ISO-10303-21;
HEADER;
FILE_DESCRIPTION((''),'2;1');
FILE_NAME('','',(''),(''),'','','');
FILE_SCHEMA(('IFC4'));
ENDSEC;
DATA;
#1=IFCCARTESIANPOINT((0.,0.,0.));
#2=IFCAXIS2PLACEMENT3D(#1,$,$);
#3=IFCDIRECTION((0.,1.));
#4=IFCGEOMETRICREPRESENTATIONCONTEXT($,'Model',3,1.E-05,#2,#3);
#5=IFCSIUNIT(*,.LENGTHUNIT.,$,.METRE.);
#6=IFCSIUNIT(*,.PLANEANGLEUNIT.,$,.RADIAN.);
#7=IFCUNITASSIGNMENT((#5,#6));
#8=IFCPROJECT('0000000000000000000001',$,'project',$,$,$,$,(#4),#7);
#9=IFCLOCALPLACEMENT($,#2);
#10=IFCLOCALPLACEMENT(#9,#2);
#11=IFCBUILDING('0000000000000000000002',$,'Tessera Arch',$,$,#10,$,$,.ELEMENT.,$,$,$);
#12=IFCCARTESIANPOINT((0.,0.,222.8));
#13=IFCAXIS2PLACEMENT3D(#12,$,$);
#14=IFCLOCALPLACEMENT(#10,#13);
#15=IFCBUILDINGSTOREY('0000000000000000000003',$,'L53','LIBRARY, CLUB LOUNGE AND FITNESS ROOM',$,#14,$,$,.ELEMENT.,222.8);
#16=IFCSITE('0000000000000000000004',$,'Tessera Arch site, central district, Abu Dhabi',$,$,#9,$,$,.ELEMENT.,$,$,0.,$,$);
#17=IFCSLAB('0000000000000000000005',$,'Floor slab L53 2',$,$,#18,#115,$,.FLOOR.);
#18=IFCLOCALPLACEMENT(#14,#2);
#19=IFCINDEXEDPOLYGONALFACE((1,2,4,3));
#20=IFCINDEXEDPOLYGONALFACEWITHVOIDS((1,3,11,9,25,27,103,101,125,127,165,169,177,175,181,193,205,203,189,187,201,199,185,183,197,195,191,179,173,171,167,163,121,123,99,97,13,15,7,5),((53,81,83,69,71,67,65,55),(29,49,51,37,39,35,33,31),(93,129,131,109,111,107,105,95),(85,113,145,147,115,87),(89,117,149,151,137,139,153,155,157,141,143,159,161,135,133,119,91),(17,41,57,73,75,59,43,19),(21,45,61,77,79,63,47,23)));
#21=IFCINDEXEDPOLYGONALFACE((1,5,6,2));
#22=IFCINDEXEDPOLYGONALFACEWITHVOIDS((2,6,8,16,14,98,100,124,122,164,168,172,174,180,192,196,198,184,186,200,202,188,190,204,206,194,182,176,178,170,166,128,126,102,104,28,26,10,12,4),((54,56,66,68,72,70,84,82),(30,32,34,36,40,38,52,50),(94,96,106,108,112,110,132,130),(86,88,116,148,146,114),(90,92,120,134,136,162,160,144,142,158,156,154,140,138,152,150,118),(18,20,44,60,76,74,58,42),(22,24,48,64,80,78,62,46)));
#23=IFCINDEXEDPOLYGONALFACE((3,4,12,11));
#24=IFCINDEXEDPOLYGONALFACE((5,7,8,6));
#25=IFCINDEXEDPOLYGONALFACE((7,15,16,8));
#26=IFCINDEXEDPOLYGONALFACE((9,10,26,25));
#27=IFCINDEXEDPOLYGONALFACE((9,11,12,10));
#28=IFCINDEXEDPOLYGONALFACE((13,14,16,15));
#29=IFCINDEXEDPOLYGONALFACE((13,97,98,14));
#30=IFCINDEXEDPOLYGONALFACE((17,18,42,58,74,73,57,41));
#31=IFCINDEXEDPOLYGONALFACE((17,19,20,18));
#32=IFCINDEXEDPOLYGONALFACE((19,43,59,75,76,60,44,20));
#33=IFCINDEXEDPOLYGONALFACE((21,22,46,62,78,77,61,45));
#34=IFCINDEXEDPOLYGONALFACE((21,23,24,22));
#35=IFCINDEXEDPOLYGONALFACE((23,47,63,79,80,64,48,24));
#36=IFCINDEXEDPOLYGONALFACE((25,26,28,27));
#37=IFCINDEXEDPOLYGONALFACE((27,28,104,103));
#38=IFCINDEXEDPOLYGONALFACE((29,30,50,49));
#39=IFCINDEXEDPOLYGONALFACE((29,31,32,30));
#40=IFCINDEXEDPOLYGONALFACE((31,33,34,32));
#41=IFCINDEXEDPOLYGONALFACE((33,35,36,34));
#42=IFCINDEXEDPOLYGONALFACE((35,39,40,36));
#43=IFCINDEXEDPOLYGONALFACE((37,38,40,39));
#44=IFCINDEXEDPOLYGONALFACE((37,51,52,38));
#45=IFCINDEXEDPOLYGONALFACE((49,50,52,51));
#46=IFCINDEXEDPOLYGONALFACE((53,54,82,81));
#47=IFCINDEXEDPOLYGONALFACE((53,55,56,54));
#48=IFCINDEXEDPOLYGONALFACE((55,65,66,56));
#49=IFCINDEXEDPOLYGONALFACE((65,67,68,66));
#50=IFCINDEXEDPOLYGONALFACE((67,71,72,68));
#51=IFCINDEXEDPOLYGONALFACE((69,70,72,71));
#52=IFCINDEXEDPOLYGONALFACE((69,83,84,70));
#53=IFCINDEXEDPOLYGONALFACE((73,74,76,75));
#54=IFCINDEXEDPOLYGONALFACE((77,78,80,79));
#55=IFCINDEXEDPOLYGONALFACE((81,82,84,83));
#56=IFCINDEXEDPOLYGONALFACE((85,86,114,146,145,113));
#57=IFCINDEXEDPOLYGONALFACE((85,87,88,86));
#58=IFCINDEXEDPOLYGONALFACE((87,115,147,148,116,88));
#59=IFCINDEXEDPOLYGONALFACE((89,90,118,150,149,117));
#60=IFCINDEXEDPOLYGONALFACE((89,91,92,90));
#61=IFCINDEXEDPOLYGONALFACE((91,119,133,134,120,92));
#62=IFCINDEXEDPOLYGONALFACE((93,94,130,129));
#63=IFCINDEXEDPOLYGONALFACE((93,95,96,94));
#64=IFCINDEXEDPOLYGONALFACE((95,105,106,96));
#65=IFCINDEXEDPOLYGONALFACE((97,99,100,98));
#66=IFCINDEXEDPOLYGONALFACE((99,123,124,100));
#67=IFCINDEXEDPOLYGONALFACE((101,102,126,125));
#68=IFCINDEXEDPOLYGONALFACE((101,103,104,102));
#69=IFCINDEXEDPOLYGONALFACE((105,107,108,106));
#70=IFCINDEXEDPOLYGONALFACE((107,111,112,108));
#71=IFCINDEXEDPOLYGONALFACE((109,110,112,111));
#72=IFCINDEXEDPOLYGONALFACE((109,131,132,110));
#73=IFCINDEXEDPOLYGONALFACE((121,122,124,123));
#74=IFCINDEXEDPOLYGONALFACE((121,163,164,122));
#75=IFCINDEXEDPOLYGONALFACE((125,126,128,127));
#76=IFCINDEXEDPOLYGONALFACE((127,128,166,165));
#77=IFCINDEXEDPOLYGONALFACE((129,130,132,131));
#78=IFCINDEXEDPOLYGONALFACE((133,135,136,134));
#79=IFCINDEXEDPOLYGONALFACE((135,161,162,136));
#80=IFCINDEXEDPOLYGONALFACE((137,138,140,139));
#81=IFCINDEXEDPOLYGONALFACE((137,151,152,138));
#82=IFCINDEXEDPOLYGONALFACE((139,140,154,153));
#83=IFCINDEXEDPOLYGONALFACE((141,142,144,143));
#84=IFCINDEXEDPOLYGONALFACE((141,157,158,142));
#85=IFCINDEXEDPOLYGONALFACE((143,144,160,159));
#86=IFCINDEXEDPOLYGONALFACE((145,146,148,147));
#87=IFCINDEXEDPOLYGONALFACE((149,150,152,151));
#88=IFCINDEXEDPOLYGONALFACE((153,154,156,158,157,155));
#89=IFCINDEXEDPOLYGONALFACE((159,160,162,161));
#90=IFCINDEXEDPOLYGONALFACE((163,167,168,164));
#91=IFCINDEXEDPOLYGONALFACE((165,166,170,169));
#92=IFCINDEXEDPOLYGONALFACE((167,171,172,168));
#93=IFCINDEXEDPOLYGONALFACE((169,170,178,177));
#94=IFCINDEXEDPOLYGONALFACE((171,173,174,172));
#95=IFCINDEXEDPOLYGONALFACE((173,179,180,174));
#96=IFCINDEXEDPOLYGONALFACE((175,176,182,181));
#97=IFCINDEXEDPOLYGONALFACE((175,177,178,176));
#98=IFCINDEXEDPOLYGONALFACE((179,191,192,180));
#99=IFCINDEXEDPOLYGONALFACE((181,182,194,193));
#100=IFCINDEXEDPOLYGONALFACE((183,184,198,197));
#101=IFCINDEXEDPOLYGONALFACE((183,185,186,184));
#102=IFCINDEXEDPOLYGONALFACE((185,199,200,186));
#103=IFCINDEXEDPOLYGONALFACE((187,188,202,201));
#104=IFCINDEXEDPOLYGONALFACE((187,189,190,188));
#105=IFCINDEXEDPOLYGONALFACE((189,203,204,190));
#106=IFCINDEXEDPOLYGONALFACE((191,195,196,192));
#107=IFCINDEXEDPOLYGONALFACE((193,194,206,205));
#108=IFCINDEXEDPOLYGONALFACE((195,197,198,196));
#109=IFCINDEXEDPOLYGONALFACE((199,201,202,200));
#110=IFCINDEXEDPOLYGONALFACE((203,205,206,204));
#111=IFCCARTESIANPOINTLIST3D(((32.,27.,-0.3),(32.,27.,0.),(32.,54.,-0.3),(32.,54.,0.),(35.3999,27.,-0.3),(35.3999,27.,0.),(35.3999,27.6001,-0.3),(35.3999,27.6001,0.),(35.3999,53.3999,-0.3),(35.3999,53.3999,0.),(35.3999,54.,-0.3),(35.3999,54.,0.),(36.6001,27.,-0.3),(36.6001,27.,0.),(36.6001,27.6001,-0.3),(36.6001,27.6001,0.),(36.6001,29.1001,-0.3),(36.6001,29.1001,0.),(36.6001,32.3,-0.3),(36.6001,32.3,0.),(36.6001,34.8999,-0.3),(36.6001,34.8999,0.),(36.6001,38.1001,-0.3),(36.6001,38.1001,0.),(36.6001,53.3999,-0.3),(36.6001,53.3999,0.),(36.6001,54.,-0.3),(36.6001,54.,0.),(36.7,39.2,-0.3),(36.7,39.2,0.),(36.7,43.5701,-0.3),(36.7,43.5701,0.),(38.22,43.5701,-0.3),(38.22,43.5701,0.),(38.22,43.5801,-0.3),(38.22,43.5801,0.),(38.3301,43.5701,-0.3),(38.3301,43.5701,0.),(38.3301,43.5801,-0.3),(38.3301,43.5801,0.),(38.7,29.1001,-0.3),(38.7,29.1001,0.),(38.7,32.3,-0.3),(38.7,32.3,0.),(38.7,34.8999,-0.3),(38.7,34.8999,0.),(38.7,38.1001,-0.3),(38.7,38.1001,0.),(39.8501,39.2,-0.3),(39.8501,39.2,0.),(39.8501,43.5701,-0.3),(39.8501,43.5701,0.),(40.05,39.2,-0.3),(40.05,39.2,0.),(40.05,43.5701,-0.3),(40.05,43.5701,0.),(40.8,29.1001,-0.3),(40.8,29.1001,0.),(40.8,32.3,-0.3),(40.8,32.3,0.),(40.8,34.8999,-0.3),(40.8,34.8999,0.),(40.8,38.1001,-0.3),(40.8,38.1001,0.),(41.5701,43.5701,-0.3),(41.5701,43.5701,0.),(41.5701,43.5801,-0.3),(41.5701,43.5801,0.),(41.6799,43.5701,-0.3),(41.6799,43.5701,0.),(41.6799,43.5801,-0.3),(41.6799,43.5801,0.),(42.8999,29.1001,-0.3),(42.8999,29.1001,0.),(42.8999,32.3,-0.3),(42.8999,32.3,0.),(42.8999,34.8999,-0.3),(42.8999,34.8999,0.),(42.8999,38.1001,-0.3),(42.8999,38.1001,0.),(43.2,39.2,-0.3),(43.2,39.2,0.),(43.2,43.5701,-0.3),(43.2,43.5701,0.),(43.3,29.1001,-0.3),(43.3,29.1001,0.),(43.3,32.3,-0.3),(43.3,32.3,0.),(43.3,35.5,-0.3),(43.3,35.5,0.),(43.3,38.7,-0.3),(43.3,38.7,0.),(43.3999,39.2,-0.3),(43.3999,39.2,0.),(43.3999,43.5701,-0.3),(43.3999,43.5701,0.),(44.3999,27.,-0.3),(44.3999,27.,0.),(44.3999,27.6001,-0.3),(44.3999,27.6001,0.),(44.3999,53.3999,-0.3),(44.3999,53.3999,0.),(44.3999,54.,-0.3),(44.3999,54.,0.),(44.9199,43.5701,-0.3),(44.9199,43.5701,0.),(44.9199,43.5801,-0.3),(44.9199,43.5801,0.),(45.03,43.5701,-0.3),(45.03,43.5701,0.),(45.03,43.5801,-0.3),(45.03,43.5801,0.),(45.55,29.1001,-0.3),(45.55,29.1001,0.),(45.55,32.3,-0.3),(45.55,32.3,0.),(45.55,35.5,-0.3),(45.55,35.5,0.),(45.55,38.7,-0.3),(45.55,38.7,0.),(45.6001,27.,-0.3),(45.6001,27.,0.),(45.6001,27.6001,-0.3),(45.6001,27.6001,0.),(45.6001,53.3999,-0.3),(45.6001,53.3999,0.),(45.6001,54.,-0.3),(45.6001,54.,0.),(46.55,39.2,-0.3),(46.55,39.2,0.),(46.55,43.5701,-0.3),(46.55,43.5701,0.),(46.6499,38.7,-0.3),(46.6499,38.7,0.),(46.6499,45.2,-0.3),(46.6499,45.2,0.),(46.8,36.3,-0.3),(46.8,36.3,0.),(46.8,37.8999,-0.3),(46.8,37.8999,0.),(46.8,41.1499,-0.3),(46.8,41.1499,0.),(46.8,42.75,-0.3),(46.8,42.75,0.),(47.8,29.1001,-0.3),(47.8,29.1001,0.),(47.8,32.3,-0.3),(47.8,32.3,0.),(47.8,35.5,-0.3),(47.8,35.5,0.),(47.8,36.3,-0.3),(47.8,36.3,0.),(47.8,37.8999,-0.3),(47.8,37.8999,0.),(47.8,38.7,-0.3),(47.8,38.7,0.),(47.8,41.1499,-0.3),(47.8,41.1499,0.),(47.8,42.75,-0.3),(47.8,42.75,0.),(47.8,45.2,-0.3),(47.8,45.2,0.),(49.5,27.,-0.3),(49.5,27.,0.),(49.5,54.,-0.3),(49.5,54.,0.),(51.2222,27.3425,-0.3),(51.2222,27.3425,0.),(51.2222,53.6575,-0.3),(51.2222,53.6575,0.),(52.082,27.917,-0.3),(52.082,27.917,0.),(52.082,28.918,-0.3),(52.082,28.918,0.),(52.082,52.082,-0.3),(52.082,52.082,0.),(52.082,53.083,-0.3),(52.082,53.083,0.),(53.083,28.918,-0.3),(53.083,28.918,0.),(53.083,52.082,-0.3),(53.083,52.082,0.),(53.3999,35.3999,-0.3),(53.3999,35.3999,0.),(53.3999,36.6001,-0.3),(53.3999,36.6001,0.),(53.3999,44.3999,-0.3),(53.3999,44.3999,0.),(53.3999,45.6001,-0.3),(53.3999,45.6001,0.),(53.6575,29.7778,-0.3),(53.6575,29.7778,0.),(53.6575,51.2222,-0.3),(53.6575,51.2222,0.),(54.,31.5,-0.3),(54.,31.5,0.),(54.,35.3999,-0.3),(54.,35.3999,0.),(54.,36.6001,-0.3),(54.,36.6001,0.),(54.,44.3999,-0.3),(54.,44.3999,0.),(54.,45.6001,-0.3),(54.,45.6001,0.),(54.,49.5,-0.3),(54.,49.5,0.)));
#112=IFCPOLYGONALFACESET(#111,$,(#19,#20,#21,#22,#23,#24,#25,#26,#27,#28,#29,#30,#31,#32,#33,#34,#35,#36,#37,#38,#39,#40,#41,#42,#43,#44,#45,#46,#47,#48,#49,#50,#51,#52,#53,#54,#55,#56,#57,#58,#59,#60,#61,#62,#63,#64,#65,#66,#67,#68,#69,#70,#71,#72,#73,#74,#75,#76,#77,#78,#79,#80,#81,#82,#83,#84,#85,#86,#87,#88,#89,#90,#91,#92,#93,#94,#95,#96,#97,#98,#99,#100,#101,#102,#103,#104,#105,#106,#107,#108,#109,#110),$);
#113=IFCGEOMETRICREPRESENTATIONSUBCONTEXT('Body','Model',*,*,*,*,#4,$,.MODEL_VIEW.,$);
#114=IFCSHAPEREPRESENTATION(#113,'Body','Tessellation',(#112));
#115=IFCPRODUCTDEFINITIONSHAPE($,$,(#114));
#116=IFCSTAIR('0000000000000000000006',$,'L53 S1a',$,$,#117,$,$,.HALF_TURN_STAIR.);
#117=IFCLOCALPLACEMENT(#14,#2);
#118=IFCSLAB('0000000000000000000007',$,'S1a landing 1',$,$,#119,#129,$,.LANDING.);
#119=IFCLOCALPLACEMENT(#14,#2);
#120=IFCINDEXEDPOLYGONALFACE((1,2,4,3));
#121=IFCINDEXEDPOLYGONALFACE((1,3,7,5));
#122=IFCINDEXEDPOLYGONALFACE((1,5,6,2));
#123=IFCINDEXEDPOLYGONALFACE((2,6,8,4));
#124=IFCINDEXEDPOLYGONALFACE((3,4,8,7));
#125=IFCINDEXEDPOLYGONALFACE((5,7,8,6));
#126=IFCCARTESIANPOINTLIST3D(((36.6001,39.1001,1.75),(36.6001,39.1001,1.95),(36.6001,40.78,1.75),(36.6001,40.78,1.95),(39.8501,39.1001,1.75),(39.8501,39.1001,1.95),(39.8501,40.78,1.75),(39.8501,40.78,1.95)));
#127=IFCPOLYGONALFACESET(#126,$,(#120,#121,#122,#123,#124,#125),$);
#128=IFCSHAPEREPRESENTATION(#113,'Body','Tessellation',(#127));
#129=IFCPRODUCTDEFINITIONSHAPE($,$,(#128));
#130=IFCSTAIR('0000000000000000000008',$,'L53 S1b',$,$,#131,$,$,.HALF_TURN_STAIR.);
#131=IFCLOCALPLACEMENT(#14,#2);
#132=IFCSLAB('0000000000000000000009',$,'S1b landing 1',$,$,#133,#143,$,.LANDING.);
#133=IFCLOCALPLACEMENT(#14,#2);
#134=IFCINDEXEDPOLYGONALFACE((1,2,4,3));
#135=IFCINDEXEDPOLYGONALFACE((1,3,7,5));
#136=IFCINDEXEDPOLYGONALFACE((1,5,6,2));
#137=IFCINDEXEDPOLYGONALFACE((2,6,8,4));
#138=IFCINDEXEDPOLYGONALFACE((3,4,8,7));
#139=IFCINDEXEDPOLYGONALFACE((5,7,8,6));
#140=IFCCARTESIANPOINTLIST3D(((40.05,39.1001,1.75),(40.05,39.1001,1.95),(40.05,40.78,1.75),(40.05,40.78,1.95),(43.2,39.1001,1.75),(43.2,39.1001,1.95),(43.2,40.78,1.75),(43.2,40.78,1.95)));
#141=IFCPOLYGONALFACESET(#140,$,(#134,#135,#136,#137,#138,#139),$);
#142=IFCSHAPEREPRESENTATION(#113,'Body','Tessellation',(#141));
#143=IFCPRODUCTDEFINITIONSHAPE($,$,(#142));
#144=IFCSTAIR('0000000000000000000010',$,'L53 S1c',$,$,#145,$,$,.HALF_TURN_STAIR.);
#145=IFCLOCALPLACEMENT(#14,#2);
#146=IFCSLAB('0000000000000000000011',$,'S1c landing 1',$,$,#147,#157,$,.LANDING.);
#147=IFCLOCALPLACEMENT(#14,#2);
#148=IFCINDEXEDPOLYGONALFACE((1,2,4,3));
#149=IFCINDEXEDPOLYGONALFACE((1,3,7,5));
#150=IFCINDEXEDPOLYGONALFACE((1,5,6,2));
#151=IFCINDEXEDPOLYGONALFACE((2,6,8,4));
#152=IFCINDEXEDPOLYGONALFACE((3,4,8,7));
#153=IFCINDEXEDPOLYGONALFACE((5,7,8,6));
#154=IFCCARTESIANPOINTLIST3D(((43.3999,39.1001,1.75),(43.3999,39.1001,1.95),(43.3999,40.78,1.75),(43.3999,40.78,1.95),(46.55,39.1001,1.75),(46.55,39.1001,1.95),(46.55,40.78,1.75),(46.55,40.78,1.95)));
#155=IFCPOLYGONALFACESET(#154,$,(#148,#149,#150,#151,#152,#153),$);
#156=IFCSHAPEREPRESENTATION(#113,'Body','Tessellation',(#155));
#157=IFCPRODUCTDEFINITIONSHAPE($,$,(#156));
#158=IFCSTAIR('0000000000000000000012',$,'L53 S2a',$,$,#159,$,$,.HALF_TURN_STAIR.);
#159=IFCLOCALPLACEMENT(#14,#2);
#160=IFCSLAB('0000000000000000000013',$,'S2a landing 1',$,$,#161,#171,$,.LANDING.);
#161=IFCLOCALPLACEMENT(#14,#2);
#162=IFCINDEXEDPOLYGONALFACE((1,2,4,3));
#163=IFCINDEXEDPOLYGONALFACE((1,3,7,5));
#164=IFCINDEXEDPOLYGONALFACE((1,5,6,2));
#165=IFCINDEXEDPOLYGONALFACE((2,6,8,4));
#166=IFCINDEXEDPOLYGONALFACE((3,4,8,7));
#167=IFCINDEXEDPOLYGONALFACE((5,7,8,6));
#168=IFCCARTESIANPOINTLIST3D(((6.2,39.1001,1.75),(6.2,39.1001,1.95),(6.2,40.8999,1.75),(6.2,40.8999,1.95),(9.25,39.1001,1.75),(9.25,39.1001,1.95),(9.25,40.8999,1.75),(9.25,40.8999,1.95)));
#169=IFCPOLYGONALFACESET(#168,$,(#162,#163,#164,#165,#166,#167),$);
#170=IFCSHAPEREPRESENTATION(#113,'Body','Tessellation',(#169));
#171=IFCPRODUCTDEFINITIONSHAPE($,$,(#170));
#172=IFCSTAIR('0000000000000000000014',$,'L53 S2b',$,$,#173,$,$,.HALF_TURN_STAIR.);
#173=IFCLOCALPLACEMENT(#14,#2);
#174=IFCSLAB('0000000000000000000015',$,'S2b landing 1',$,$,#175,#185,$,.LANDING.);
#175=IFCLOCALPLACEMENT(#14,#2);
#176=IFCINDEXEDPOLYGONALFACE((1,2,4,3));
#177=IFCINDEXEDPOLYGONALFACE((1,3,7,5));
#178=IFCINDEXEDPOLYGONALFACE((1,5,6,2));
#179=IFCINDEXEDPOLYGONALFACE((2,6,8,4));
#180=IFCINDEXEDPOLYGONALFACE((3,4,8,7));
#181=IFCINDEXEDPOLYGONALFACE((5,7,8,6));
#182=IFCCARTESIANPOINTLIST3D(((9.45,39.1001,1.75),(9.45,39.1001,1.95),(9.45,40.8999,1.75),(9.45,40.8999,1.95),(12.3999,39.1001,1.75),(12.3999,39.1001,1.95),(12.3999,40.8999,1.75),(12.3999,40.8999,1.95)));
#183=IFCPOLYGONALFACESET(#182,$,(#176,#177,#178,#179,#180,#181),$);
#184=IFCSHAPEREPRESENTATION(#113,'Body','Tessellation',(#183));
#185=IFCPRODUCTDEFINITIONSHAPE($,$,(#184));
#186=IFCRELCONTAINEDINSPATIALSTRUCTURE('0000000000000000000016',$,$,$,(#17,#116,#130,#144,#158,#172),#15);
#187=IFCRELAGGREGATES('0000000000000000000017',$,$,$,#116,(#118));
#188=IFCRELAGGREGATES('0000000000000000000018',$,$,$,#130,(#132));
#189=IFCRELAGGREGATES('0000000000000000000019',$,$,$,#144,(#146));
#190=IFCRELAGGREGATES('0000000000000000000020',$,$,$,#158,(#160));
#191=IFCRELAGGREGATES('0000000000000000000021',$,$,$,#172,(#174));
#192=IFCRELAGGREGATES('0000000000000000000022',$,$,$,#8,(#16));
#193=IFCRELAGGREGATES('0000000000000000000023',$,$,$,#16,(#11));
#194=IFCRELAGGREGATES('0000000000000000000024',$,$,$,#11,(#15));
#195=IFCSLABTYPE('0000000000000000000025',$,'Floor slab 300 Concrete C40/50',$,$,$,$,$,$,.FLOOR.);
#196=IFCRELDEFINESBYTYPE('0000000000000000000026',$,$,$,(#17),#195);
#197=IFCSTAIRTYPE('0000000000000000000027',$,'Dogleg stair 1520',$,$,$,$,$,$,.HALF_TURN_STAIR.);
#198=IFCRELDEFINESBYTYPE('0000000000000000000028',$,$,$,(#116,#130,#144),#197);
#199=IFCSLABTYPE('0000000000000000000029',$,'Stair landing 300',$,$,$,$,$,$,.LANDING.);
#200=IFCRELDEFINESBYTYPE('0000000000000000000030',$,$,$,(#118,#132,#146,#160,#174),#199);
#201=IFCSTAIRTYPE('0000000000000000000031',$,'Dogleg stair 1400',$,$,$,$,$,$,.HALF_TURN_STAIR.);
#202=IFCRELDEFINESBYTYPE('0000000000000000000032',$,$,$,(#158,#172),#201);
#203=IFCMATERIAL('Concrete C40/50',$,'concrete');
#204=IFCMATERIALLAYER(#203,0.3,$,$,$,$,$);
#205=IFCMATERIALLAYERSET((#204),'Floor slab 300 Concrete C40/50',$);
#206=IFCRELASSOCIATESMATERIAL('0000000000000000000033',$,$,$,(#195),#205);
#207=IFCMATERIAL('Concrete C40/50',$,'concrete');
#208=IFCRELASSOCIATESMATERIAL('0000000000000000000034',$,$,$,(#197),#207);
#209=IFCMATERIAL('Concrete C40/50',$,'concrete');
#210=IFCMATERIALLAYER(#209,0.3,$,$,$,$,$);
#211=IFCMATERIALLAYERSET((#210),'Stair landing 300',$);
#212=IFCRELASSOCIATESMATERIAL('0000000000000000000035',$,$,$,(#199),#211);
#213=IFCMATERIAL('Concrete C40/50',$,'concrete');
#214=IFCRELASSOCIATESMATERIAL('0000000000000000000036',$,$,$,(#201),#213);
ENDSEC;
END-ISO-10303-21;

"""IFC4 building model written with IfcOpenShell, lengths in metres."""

from ifc_helpers import new_model, si_unit, direction, frame, origin, place, context, subcontext, project, spatial, polyline, outline, extrude, material, layer, layer_set, type_object, element, aggregate, save


model = new_model("IFC4")

# Units and contexts
model_context = context("Model", 3, precision=1e-05, world=origin(), true_north=direction((0.0, 1.0)))
body_context = subcontext(model_context, "Body", "Model", "MODEL_VIEW")
ifc_project = project(units=[si_unit("LENGTHUNIT", "METRE"), si_unit("PLANEANGLEUNIT", "RADIAN")], contexts=[model_context])

# Site, building, storey
site_placement = place(None, origin())
site = spatial("IfcSite", under=ifc_project, at=site_placement, Name="Tessera Arch site, central district, Abu Dhabi", CompositionType="ELEMENT", RefElevation=0.0)
building_placement = place(site_placement, origin())
building = spatial("IfcBuilding", under=site, at=building_placement, Name="Tessera Arch", CompositionType="ELEMENT")
storey_placement = place(building_placement, frame((0.0, 0.0, 222.8)))
storey = spatial("IfcBuildingStorey", under=building, at=storey_placement, Name="L53", Description="LIBRARY, CLUB LOUNGE AND FITNESS ROOM", CompositionType="ELEMENT", Elevation=222.8)

# Slab
ifc_material_1 = material(Name="Concrete C40/50", Category="concrete")
ifc_layer_1 = layer(ifc_material_1, 0.3)
ifc_layer_set_1 = layer_set([ifc_layer_1], Name="Floor slab 300 Concrete C40/50")
slab_type_1 = type_object("IfcSlabType", Name="Floor slab 300 Concrete C40/50", PredefinedType="FLOOR", material=ifc_layer_set_1)
slab_1_placement = place(storey_placement, frame((0.0, 0.0, -0.3)))
element("IfcSlab", 1, at=slab_1_placement, inside=storey, type_object=slab_type_1, Name="Floor slab L53 2", PredefinedType="FLOOR", context=body_context, shape_type="SweptSolid", body=[
    extrude(outline(polyline([(51.2222, 53.6575), (52.082, 53.083), (52.082, 52.082), (53.083, 52.082), (53.6575, 51.2222), (54.0, 49.5), (54.0, 45.6001), (53.3999, 45.6001), (53.3999, 44.3999), (54.0, 44.3999), (54.0, 36.6001), (53.3999, 36.6001), (53.3999, 35.3999), (54.0, 35.3999), (54.0, 31.5), (53.6575, 29.7778), (53.083, 28.918), (52.082, 28.918), (52.082, 27.917), (51.2222, 27.3425), (49.5, 27.0), (45.6001, 27.0), (45.6001, 27.6001), (44.3999, 27.6001), (44.3999, 27.0), (36.6001, 27.0), (36.6001, 27.6001), (35.3999, 27.6001), (35.3999, 27.0), (32.0, 27.0), (32.0, 54.0), (35.3999, 54.0), (35.3999, 53.3999), (36.6001, 53.3999), (36.6001, 54.0), (44.3999, 54.0), (44.3999, 53.3999), (45.6001, 53.3999), (45.6001, 54.0), (49.5, 54.0), (51.2222, 53.6575)]), holes=[polyline([(36.6001, 29.1001), (38.7, 29.1001), (40.8, 29.1001), (42.8999, 29.1001), (42.8999, 32.3), (40.8, 32.3), (38.7, 32.3), (36.6001, 32.3), (36.6001, 29.1001)]), polyline([(47.8, 32.3), (45.55, 32.3), (43.3, 32.3), (43.3, 29.1001), (45.55, 29.1001), (47.8, 29.1001), (47.8, 32.3)]), polyline([(42.8999, 34.8999), (42.8999, 38.1001), (40.8, 38.1001), (38.7, 38.1001), (36.6001, 38.1001), (36.6001, 34.8999), (38.7, 34.8999), (40.8, 34.8999), (42.8999, 34.8999)]), polyline([(47.8, 41.1499), (46.8, 41.1499), (46.8, 42.75), (47.8, 42.75), (47.8, 45.2), (46.6499, 45.2), (46.6499, 38.7), (45.55, 38.7), (43.3, 38.7), (43.3, 35.5), (45.55, 35.5), (47.8, 35.5), (47.8, 36.3), (46.8, 36.3), (46.8, 37.8999), (47.8, 37.8999), (47.8, 38.7), (47.8, 41.1499)]), polyline([(36.7, 43.5701), (36.7, 39.2), (39.8501, 39.2), (39.8501, 43.5701), (38.3301, 43.5701), (38.3301, 43.5801), (38.22, 43.5801), (38.22, 43.5701), (36.7, 43.5701)]), polyline([(40.05, 39.2), (43.2, 39.2), (43.2, 43.5701), (41.6799, 43.5701), (41.6799, 43.5801), (41.5701, 43.5801), (41.5701, 43.5701), (40.05, 43.5701), (40.05, 39.2)]), polyline([(43.3999, 43.5701), (43.3999, 39.2), (46.55, 39.2), (46.55, 43.5701), (45.03, 43.5701), (45.03, 43.5801), (44.9199, 43.5801), (44.9199, 43.5701), (43.3999, 43.5701)])]), origin(), (0.0, 0.0, 1.0), 0.3),
])

# Stairs, slabs
ifc_material_2 = material(Name="Concrete C40/50", Category="concrete")
stair_type_1 = type_object("IfcStairType", Name="Dogleg stair 1520", PredefinedType="HALF_TURN_STAIR", material=ifc_material_2)
stair_1_placement = place(storey_placement, origin())
stair_1 = element("IfcStair", 2, at=stair_1_placement, inside=storey, type_object=stair_type_1, Name="L53 S1a", PredefinedType="HALF_TURN_STAIR")
ifc_material_3 = material(Name="Concrete C40/50", Category="concrete")
ifc_layer_2 = layer(ifc_material_3, 0.3)
ifc_layer_set_2 = layer_set([ifc_layer_2], Name="Stair landing 300")
slab_type_2 = type_object("IfcSlabType", Name="Stair landing 300", PredefinedType="LANDING", material=ifc_layer_set_2)
slab_2_placement = place(storey_placement, frame((0.0, 0.0, 1.75)))
slab_2 = element("IfcSlab", 3, at=slab_2_placement, type_object=slab_type_2, Name="S1a landing 1", PredefinedType="LANDING", context=body_context, shape_type="SweptSolid", body=[
    extrude(outline(polyline([(36.6001, 40.78), (36.6001, 39.1001), (39.8501, 39.1001), (39.8501, 40.78), (36.6001, 40.78)])), origin(), (0.0, 0.0, 1.0), 0.2),
])
aggregate(stair_1, [slab_2])
stair_2_placement = place(storey_placement, origin())
stair_2 = element("IfcStair", 4, at=stair_2_placement, inside=storey, type_object=stair_type_1, Name="L53 S1b", PredefinedType="HALF_TURN_STAIR")
slab_3_placement = place(storey_placement, frame((0.0, 0.0, 1.75)))
slab_3 = element("IfcSlab", 5, at=slab_3_placement, type_object=slab_type_2, Name="S1b landing 1", PredefinedType="LANDING", context=body_context, shape_type="SweptSolid", body=[
    extrude(outline(polyline([(40.05, 40.78), (40.05, 39.1001), (43.2, 39.1001), (43.2, 40.78), (40.05, 40.78)])), origin(), (0.0, 0.0, 1.0), 0.2),
])
aggregate(stair_2, [slab_3])
stair_3_placement = place(storey_placement, origin())
stair_3 = element("IfcStair", 6, at=stair_3_placement, inside=storey, type_object=stair_type_1, Name="L53 S1c", PredefinedType="HALF_TURN_STAIR")
slab_4_placement = place(storey_placement, frame((0.0, 0.0, 1.75)))
slab_4 = element("IfcSlab", 7, at=slab_4_placement, type_object=slab_type_2, Name="S1c landing 1", PredefinedType="LANDING", context=body_context, shape_type="SweptSolid", body=[
    extrude(outline(polyline([(43.3999, 40.78), (43.3999, 39.1001), (46.55, 39.1001), (46.55, 40.78), (43.3999, 40.78)])), origin(), (0.0, 0.0, 1.0), 0.2),
])
aggregate(stair_3, [slab_4])
ifc_material_4 = material(Name="Concrete C40/50", Category="concrete")
stair_type_2 = type_object("IfcStairType", Name="Dogleg stair 1400", PredefinedType="HALF_TURN_STAIR", material=ifc_material_4)
stair_4_placement = place(storey_placement, origin())
stair_4 = element("IfcStair", 8, at=stair_4_placement, inside=storey, type_object=stair_type_2, Name="L53 S2a", PredefinedType="HALF_TURN_STAIR")
slab_5_placement = place(storey_placement, frame((0.0, 0.0, 1.75)))
slab_5 = element("IfcSlab", 9, at=slab_5_placement, type_object=slab_type_2, Name="S2a landing 1", PredefinedType="LANDING", context=body_context, shape_type="SweptSolid", body=[
    extrude(outline(polyline([(6.2, 40.8999), (6.2, 39.1001), (9.25, 39.1001), (9.25, 40.8999), (6.2, 40.8999)])), origin(), (0.0, 0.0, 1.0), 0.2),
])
aggregate(stair_4, [slab_5])
stair_5_placement = place(storey_placement, origin())
stair_5 = element("IfcStair", 10, at=stair_5_placement, inside=storey, type_object=stair_type_2, Name="L53 S2b", PredefinedType="HALF_TURN_STAIR")
slab_6_placement = place(storey_placement, frame((0.0, 0.0, 1.75)))
slab_6 = element("IfcSlab", 11, at=slab_6_placement, type_object=slab_type_2, Name="S2b landing 1", PredefinedType="LANDING", context=body_context, shape_type="SweptSolid", body=[
    extrude(outline(polyline([(9.45, 40.8999), (9.45, 39.1001), (12.3999, 39.1001), (12.3999, 40.8999), (9.45, 40.8999)])), origin(), (0.0, 0.0, 1.0), 0.2),
])
aggregate(stair_5, [slab_6])

save(model, "model.ifc")
